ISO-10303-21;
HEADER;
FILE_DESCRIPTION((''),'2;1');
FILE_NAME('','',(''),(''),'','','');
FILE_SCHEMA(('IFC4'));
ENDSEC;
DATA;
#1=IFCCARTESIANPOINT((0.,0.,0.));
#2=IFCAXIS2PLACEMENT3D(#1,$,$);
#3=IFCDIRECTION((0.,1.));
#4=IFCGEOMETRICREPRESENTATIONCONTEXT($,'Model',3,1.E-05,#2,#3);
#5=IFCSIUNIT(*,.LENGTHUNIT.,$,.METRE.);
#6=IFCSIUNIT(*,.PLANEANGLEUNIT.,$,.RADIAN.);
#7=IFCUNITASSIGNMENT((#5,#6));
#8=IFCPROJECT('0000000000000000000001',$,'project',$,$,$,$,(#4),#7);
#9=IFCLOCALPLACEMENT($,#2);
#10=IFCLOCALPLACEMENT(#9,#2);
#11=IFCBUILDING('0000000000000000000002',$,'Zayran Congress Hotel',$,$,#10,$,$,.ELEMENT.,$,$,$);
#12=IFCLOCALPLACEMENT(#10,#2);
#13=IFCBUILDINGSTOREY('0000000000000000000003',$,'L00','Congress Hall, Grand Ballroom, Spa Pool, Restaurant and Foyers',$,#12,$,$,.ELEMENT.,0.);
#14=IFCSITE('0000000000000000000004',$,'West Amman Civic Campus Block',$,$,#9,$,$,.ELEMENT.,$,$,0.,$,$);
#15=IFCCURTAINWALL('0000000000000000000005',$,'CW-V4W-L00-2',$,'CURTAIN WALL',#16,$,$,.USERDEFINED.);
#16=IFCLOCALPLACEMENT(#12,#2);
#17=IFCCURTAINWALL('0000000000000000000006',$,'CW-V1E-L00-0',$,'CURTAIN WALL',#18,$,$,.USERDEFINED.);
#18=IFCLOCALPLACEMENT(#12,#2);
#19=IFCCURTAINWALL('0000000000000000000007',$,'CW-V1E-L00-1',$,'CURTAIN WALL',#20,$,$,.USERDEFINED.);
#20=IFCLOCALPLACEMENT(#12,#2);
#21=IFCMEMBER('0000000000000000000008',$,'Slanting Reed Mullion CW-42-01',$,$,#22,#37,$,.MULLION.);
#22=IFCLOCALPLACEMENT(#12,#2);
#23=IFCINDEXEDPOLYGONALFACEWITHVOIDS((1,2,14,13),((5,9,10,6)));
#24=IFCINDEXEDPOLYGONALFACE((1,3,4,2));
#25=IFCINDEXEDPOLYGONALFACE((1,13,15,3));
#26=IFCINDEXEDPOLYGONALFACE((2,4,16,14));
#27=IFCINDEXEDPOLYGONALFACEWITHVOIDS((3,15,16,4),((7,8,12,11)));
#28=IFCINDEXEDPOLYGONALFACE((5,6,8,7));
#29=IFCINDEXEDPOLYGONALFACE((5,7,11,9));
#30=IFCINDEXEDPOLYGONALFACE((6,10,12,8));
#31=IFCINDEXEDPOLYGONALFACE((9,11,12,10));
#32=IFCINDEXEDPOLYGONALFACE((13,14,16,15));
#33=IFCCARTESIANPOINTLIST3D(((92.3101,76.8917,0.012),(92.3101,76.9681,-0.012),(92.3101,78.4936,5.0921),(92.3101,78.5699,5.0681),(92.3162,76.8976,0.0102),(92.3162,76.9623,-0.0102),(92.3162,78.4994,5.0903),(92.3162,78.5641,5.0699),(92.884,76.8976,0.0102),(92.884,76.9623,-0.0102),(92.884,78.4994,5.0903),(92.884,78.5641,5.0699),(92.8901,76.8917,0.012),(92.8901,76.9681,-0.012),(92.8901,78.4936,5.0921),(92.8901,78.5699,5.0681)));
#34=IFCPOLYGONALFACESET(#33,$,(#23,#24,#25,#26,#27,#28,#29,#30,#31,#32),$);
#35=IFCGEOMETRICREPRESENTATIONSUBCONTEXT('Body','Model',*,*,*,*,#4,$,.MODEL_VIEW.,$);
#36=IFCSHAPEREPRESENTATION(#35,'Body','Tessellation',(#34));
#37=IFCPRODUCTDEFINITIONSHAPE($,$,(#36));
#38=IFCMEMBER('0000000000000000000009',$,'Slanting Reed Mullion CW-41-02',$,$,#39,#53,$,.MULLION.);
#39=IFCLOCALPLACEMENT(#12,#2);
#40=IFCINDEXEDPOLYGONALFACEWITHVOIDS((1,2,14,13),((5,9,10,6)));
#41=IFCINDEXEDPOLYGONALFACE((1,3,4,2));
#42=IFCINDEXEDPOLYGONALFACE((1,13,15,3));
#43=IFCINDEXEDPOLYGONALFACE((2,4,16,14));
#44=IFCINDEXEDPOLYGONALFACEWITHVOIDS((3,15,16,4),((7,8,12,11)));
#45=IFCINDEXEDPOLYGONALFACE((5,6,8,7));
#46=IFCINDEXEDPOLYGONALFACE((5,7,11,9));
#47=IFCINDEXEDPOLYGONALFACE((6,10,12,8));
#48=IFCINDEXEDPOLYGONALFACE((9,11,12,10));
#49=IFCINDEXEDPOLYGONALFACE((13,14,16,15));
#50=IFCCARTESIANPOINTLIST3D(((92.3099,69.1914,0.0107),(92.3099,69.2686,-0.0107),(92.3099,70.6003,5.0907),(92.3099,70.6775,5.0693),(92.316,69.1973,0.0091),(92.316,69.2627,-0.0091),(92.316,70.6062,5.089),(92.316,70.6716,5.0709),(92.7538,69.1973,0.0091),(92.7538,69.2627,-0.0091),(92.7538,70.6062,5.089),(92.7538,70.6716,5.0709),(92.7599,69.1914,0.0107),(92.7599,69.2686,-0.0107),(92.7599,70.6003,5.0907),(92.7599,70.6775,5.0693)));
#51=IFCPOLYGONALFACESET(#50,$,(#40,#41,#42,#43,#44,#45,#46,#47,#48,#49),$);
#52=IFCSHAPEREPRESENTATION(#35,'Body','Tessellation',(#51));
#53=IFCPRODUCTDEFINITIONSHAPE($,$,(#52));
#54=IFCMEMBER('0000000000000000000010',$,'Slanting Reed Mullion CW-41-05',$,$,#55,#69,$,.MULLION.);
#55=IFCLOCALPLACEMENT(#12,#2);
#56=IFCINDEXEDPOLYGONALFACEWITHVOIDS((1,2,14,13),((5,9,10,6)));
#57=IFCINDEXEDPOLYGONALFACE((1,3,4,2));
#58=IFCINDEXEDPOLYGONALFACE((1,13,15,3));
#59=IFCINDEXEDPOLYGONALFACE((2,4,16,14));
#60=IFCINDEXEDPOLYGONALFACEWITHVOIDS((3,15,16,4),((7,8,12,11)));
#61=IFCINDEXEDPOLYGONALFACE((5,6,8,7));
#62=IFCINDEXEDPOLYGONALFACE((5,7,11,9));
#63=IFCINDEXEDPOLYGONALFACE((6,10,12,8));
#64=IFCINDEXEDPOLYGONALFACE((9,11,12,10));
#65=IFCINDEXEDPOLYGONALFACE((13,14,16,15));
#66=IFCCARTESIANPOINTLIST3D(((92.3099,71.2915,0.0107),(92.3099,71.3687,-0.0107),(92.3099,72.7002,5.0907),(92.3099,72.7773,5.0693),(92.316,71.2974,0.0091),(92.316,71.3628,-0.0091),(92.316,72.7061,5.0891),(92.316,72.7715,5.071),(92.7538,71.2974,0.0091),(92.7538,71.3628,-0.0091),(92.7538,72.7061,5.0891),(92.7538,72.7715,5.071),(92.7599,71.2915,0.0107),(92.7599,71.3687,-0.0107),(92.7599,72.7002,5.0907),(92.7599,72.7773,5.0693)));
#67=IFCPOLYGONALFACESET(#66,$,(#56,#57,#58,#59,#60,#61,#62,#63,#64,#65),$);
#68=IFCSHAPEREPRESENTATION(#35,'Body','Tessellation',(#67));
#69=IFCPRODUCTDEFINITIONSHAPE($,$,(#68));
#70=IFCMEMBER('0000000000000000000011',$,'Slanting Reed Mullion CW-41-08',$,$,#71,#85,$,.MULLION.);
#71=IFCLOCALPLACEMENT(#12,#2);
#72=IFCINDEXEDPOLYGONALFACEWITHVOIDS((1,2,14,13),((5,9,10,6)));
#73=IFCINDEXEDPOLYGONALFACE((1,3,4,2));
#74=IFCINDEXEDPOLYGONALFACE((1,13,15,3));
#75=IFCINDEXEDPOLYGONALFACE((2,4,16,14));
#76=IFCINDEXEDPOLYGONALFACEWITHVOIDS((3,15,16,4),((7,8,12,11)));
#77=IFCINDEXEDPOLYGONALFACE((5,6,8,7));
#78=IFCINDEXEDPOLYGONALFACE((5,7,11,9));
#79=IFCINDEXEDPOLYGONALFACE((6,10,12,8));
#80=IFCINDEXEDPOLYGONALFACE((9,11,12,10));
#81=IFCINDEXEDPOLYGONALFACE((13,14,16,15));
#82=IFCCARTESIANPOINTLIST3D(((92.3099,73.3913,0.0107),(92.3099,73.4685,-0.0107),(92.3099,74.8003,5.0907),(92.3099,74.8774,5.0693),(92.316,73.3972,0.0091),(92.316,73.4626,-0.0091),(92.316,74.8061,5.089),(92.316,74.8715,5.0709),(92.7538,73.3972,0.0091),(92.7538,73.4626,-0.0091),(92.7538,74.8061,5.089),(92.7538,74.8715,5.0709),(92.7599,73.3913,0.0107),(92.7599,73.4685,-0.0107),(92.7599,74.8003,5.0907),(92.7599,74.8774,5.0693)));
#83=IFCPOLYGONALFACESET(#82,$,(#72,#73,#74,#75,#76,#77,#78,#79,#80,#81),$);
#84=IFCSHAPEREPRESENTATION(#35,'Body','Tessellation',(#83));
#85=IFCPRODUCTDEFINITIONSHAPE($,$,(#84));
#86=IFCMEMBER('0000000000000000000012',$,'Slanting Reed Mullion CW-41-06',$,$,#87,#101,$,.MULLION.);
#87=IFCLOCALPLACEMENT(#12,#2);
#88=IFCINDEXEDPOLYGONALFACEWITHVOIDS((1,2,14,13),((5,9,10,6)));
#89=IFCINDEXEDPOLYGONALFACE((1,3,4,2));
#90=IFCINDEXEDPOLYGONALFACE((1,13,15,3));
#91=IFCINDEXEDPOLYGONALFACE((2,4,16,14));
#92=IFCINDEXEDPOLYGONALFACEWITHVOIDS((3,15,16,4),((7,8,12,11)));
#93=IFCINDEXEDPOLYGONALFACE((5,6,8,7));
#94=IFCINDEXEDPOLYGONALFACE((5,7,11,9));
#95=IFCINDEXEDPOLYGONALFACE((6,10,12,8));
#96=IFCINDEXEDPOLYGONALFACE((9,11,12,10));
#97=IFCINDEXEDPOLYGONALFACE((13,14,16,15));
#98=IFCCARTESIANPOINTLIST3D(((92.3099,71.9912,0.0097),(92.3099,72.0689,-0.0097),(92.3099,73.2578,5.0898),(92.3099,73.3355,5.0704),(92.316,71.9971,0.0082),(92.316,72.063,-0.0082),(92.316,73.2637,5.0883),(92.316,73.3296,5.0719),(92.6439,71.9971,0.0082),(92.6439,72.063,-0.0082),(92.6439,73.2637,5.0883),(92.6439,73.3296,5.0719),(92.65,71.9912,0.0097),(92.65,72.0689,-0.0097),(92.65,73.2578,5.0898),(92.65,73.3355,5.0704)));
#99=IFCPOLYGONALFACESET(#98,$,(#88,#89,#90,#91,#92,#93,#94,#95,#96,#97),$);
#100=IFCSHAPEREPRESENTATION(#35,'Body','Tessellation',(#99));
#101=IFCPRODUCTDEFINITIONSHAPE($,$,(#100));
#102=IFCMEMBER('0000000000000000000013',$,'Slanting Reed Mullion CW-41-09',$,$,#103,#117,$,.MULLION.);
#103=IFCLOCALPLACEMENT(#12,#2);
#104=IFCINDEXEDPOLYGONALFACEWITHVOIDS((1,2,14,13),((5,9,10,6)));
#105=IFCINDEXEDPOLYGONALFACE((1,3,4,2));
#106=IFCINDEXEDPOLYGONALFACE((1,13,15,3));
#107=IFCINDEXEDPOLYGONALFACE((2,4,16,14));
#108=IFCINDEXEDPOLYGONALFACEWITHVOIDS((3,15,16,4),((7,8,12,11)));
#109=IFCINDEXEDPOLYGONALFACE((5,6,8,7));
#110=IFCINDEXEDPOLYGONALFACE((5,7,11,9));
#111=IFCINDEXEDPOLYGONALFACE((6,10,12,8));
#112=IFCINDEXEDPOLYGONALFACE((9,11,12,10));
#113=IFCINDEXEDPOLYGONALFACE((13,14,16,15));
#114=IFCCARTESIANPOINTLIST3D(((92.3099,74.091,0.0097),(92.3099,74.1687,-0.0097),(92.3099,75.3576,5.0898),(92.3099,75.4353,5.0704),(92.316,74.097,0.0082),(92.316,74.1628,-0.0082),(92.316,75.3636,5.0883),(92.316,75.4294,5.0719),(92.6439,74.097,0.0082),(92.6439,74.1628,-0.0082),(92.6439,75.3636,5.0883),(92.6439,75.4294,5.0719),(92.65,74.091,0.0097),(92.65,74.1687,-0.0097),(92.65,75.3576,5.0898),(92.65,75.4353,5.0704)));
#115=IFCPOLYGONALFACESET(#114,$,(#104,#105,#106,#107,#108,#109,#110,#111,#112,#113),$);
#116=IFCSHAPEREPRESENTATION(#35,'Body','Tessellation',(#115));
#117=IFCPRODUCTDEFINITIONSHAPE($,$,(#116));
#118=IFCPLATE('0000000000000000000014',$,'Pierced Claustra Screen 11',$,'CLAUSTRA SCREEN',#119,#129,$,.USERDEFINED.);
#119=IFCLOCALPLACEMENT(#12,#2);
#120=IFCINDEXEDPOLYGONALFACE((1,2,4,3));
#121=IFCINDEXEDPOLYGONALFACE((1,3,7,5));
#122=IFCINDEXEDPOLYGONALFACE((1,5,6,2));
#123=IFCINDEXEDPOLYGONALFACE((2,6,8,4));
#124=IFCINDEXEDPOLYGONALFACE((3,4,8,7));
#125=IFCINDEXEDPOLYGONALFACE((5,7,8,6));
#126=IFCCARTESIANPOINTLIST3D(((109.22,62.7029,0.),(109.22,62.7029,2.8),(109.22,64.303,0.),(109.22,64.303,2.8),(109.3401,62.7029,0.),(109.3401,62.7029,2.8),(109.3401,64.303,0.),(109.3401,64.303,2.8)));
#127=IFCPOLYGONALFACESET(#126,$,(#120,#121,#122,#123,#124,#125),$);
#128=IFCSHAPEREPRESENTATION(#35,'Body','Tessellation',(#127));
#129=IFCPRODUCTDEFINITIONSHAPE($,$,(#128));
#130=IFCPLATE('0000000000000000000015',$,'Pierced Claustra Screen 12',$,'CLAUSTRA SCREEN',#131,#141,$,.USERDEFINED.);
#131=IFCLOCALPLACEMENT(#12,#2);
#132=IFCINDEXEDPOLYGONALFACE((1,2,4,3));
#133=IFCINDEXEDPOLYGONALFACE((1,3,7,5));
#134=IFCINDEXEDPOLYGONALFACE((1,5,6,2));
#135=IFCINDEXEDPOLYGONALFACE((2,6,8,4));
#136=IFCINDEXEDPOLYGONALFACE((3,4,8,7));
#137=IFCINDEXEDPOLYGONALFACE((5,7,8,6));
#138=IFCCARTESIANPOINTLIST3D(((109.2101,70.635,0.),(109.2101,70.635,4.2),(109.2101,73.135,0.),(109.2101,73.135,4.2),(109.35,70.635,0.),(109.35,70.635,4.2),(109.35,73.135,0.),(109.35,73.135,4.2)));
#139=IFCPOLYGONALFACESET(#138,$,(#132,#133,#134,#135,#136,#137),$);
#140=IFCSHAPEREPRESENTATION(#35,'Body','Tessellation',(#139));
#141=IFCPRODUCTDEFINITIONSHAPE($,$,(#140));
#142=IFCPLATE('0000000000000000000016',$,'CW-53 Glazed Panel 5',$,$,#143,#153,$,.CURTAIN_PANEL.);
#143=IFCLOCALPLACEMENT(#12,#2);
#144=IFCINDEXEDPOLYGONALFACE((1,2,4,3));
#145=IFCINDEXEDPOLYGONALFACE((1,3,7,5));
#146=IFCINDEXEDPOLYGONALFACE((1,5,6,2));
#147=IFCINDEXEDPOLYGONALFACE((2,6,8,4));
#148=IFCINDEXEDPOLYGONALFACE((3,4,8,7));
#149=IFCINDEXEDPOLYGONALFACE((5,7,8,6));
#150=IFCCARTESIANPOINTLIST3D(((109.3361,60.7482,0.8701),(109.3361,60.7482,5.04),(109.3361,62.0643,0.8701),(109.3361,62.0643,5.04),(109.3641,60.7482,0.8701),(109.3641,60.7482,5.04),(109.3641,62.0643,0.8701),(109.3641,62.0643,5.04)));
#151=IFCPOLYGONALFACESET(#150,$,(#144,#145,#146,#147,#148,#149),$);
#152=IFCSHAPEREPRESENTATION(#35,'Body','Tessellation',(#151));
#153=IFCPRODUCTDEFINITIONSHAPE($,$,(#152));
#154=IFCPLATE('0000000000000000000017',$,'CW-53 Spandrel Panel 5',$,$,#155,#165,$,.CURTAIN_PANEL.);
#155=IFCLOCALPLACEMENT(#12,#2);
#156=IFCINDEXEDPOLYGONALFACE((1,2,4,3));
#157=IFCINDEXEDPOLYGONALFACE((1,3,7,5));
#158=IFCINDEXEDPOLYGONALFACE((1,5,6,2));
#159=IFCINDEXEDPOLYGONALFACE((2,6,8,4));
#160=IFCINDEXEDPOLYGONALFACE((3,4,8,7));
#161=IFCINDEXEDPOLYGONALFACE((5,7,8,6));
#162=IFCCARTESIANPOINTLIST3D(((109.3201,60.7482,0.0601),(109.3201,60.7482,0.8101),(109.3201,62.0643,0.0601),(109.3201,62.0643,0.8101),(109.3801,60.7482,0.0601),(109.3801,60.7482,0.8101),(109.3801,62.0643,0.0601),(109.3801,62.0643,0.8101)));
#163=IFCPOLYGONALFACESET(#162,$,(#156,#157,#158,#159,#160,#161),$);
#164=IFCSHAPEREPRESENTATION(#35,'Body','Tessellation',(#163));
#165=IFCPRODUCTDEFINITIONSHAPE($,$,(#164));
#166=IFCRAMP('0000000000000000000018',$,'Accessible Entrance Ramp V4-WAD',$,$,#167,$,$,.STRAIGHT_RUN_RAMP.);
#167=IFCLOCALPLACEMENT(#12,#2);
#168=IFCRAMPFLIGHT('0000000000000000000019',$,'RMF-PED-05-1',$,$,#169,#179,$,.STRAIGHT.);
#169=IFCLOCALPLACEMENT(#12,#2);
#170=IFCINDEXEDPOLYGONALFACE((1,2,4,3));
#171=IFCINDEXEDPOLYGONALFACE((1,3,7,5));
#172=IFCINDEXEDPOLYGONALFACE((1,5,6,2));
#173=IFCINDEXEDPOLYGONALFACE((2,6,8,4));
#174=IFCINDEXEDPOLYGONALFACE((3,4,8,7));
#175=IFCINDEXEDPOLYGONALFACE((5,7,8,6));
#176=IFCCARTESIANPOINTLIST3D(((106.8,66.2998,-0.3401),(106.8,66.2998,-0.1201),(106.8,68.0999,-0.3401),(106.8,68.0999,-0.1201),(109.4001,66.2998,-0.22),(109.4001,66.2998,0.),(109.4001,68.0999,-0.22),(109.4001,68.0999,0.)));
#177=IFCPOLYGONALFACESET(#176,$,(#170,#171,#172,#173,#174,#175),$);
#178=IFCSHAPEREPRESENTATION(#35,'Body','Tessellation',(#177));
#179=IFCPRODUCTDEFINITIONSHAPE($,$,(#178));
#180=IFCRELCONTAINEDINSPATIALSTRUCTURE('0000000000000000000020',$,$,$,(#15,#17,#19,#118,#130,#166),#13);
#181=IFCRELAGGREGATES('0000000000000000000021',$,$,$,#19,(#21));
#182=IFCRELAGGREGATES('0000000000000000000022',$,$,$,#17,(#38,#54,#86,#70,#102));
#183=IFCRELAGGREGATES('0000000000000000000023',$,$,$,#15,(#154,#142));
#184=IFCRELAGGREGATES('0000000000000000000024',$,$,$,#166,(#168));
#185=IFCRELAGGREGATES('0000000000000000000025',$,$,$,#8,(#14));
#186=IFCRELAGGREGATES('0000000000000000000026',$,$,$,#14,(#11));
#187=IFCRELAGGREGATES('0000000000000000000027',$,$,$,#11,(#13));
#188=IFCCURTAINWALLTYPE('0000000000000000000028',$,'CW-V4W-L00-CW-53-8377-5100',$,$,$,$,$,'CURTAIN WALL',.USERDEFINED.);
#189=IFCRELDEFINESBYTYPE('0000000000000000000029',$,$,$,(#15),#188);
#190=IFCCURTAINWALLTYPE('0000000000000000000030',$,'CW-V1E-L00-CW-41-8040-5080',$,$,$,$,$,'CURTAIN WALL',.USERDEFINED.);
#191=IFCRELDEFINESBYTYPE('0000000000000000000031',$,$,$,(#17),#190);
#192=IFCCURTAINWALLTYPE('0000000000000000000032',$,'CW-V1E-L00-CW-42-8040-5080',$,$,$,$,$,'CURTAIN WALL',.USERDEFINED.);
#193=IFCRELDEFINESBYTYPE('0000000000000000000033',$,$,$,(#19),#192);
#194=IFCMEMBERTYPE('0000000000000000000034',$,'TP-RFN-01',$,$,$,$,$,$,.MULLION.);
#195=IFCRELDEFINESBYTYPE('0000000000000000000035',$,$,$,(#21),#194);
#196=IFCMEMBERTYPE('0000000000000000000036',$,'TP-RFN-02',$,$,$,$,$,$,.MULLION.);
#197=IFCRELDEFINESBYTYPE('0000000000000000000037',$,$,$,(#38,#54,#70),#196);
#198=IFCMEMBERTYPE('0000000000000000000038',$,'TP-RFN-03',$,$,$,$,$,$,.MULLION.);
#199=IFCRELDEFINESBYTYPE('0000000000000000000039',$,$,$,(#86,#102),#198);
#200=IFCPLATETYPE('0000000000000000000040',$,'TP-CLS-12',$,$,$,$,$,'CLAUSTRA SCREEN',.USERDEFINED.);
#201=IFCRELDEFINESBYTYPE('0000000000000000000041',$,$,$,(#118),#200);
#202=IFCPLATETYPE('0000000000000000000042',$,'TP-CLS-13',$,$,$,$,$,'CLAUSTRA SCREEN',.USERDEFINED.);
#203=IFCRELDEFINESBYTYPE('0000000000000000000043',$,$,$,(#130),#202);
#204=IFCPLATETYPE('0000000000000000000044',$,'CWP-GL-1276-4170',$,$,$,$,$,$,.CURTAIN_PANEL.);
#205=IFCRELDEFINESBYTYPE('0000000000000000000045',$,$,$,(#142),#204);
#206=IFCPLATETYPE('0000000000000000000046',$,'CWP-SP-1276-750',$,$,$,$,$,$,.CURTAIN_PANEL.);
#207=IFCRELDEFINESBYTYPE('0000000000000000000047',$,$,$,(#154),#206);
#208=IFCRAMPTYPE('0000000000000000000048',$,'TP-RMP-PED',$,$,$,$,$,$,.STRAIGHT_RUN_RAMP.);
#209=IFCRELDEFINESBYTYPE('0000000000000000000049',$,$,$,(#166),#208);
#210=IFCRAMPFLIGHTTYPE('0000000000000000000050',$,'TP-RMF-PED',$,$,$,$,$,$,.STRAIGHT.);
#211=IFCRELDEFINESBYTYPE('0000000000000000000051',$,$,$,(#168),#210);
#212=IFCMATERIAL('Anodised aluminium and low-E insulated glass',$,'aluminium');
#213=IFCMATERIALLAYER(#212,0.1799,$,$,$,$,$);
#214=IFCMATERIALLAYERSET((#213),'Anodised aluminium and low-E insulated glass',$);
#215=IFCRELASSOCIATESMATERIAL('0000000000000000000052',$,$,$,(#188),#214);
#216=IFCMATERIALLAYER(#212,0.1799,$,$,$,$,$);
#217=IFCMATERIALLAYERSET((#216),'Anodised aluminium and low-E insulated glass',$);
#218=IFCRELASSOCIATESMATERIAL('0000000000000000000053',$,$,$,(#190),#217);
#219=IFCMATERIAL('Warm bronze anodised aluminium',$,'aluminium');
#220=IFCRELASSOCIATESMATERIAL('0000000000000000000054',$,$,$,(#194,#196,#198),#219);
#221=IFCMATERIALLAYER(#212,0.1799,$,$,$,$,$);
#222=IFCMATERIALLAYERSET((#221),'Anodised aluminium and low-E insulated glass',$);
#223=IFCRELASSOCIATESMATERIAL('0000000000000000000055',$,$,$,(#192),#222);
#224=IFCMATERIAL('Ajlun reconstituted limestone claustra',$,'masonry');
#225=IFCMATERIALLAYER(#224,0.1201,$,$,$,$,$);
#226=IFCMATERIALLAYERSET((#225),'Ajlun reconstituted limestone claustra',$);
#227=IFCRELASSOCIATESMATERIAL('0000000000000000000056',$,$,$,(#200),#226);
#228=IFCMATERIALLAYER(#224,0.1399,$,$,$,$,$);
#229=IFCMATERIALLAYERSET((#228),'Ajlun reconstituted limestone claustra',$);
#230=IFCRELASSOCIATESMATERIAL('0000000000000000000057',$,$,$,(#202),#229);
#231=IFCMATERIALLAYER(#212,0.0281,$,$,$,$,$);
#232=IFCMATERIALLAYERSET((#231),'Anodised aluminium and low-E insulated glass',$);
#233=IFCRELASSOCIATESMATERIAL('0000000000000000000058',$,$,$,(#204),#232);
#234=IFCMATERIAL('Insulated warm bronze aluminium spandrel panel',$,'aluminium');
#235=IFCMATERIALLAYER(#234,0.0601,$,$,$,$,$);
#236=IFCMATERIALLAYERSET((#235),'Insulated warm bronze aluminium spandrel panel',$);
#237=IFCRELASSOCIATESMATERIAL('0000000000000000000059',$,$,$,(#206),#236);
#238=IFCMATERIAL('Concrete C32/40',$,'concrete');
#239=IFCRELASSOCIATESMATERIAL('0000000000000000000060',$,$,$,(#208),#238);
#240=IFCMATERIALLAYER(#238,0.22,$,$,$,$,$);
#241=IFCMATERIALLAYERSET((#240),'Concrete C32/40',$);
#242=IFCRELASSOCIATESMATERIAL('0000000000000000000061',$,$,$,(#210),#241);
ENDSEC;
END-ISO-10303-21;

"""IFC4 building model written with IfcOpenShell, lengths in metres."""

from ifc_helpers import new_model, si_unit, direction, frame, origin, origin_2d, place, context, subcontext, project, spatial, polyline, rectangle, hollow_rectangle, outline, extrude, material, layer, layer_set, material_profile, profile_set, type_object, element, aggregate, save


model = new_model("IFC4")

# Units and contexts
model_context = context("Model", 3, precision=1e-05, world=origin(), true_north=direction((0.0, 1.0)))
body_context = subcontext(model_context, "Body", "Model", "MODEL_VIEW")
ifc_project = project(units=[si_unit("LENGTHUNIT", "METRE"), si_unit("PLANEANGLEUNIT", "RADIAN")], contexts=[model_context])

# Site, building, storey
site_placement = place(None, origin())
site = spatial("IfcSite", under=ifc_project, at=site_placement, Name="West Amman Civic Campus Block", CompositionType="ELEMENT", RefElevation=0.0)
building_placement = place(site_placement, origin())
building = spatial("IfcBuilding", under=site, at=building_placement, Name="Zayran Congress Hotel", CompositionType="ELEMENT")
storey_placement = place(building_placement, origin())
storey = spatial("IfcBuildingStorey", under=building, at=storey_placement, Name="L00", Description="Congress Hall, Grand Ballroom, Spa Pool, Restaurant and Foyers", CompositionType="ELEMENT", Elevation=0.0)

# Curtain wall
ifc_material_1 = material(Name="Anodised aluminium and low-E insulated glass", Category="aluminium")
ifc_layer_1 = layer(ifc_material_1, 0.1799)
ifc_layer_set_1 = layer_set([ifc_layer_1], Name="Anodised aluminium and low-E insulated glass")
curtain_wall_type_1 = type_object("IfcCurtainWallType", Name="CW-V4W-L00-CW-53-8377-5100", ElementType="CURTAIN WALL", PredefinedType="USERDEFINED", material=ifc_layer_set_1)
curtain_wall_1_placement = place(storey_placement, origin())
curtain_wall_1 = element("IfcCurtainWall", 1, at=curtain_wall_1_placement, inside=storey, type_object=curtain_wall_type_1, Name="CW-V4W-L00-2", ObjectType="CURTAIN WALL", PredefinedType="USERDEFINED")

# Curtain wall
ifc_layer_2 = layer(ifc_material_1, 0.1799)
ifc_layer_set_2 = layer_set([ifc_layer_2], Name="Anodised aluminium and low-E insulated glass")
curtain_wall_type_2 = type_object("IfcCurtainWallType", Name="CW-V1E-L00-CW-41-8040-5080", ElementType="CURTAIN WALL", PredefinedType="USERDEFINED", material=ifc_layer_set_2)
curtain_wall_2_placement = place(storey_placement, origin())
curtain_wall_2 = element("IfcCurtainWall", 2, at=curtain_wall_2_placement, inside=storey, type_object=curtain_wall_type_2, Name="CW-V1E-L00-0", ObjectType="CURTAIN WALL", PredefinedType="USERDEFINED")
ifc_material_2 = material(Name="Warm bronze anodised aluminium", Category="aluminium")
ifc_material_profile_1 = material_profile(ifc_material_2, hollow_rectangle(XDim=0.0801, YDim=0.5801, WallThickness=0.0061, at=origin_2d()), Name="RHS 580x80x6")
ifc_profile_set_1 = profile_set([ifc_material_profile_1], Name="Warm bronze anodised aluminium")
member_type_1 = type_object("IfcMemberType", Name="TP-RFN-01", PredefinedType="MULLION", material=ifc_profile_set_1)

# Curtain wall, member
ifc_layer_3 = layer(ifc_material_1, 0.1799)
ifc_layer_set_3 = layer_set([ifc_layer_3], Name="Anodised aluminium and low-E insulated glass")
curtain_wall_type_3 = type_object("IfcCurtainWallType", Name="CW-V1E-L00-CW-42-8040-5080", ElementType="CURTAIN WALL", PredefinedType="USERDEFINED", material=ifc_layer_set_3)
curtain_wall_3_placement = place(storey_placement, origin())
curtain_wall_3 = element("IfcCurtainWall", 3, at=curtain_wall_3_placement, inside=storey, type_object=curtain_wall_type_3, Name="CW-V1E-L00-1", ObjectType="CURTAIN WALL", PredefinedType="USERDEFINED")
member_1_placement = place(storey_placement, frame((92.6001, 76.9299, 0.0), z_axis=(0.0, 0.300717, 0.953713), x_axis=(0.0, -0.953713, 0.300717)))
member_1 = element("IfcMember", 4, at=member_1_placement, type_object=member_type_1, Name="Slanting Reed Mullion CW-42-01", PredefinedType="MULLION", context=body_context, shape_type="SweptSolid", body=[
    extrude(hollow_rectangle(XDim=0.0801, YDim=0.5801, WallThickness=0.0061, at=origin_2d()), origin(), (0.0, 0.0, 1.0), 5.3267),
])
aggregate(curtain_wall_3, [member_1])

# Members
ifc_material_profile_2 = material_profile(ifc_material_2, hollow_rectangle(XDim=0.0801, YDim=0.45, WallThickness=0.0061, at=origin_2d()), Name="RHS 450x80x6")
ifc_profile_set_2 = profile_set([ifc_material_profile_2], Name="Warm bronze anodised aluminium")
member_type_2 = type_object("IfcMemberType", Name="TP-RFN-02", PredefinedType="MULLION", material=ifc_profile_set_2)
member_2_placement = place(storey_placement, frame((92.5349, 69.23, 0.0), z_axis=(0.0, 0.267257, 0.963625), x_axis=(0.0, -0.963625, 0.267257)))
member_2 = element("IfcMember", 5, at=member_2_placement, type_object=member_type_2, Name="Slanting Reed Mullion CW-41-02", PredefinedType="MULLION", context=body_context, shape_type="SweptSolid", body=[
    extrude(hollow_rectangle(XDim=0.0801, YDim=0.45, WallThickness=0.0061, at=origin_2d()), origin(), (0.0, 0.0, 1.0), 5.2717),
])
member_3_placement = place(storey_placement, frame((92.5349, 71.3301, 0.0), z_axis=(0.0, 0.267214, 0.963637), x_axis=(0.0, -0.963637, 0.267214)))
member_3 = element("IfcMember", 6, at=member_3_placement, type_object=member_type_2, Name="Slanting Reed Mullion CW-41-05", PredefinedType="MULLION", context=body_context, shape_type="SweptSolid", body=[
    extrude(hollow_rectangle(XDim=0.0801, YDim=0.45, WallThickness=0.0061, at=origin_2d()), origin(), (0.0, 0.0, 1.0), 5.2717),
])
member_4_placement = place(storey_placement, frame((92.5349, 73.4299, 0.0), z_axis=(0.0, 0.267257, 0.963625), x_axis=(0.0, -0.963625, 0.267257)))
member_4 = element("IfcMember", 7, at=member_4_placement, type_object=member_type_2, Name="Slanting Reed Mullion CW-41-08", PredefinedType="MULLION", context=body_context, shape_type="SweptSolid", body=[
    extrude(hollow_rectangle(XDim=0.0801, YDim=0.45, WallThickness=0.0061, at=origin_2d()), origin(), (0.0, 0.0, 1.0), 5.2717),
])
ifc_material_profile_3 = material_profile(ifc_material_2, hollow_rectangle(XDim=0.0801, YDim=0.3401, WallThickness=0.0061, at=origin_2d()), Name="RHS 340x80x6")
ifc_profile_set_3 = profile_set([ifc_material_profile_3], Name="Warm bronze anodised aluminium")
member_type_3 = type_object("IfcMemberType", Name="TP-RFN-03", PredefinedType="MULLION", material=ifc_profile_set_3)
member_5_placement = place(storey_placement, frame((92.48, 72.03, 0.0), z_axis=(0.0, 0.241921, 0.970296), x_axis=(0.0, -0.970296, 0.241921)))
member_5 = element("IfcMember", 8, at=member_5_placement, type_object=member_type_3, Name="Slanting Reed Mullion CW-41-06", PredefinedType="MULLION", context=body_context, shape_type="SweptSolid", body=[
    extrude(hollow_rectangle(XDim=0.0801, YDim=0.3401, WallThickness=0.0061, at=origin_2d()), origin(), (0.0, 0.0, 1.0), 5.2356),
])
member_6_placement = place(storey_placement, frame((92.48, 74.1299, 0.0), z_axis=(0.0, 0.241921, 0.970296), x_axis=(0.0, -0.970296, 0.241921)))
member_6 = element("IfcMember", 9, at=member_6_placement, type_object=member_type_3, Name="Slanting Reed Mullion CW-41-09", PredefinedType="MULLION", context=body_context, shape_type="SweptSolid", body=[
    extrude(hollow_rectangle(XDim=0.0801, YDim=0.3401, WallThickness=0.0061, at=origin_2d()), origin(), (0.0, 0.0, 1.0), 5.2356),
])
aggregate(curtain_wall_2, [member_2, member_3, member_5, member_4, member_6])

# Plates
ifc_material_3 = material(Name="Ajlun reconstituted limestone claustra", Category="masonry")
ifc_layer_4 = layer(ifc_material_3, 0.1201)
ifc_layer_set_4 = layer_set([ifc_layer_4], Name="Ajlun reconstituted limestone claustra")
plate_type_1 = type_object("IfcPlateType", Name="TP-CLS-12", ElementType="CLAUSTRA SCREEN", PredefinedType="USERDEFINED", material=ifc_layer_set_4)
plate_1_placement = place(storey_placement, frame((109.28, 63.5029, 0.0), z_axis=(0.0, 0.0, 1.0), x_axis=(0.0, 1.0, 0.0)))
element("IfcPlate", 10, at=plate_1_placement, inside=storey, type_object=plate_type_1, Name="Pierced Claustra Screen 11", ObjectType="CLAUSTRA SCREEN", PredefinedType="USERDEFINED", context=body_context, shape_type="SweptSolid", body=[
    extrude(rectangle(XDim=1.6001, YDim=0.1201, at=origin_2d()), origin(), (0.0, 0.0, 1.0), 2.8),
])
ifc_layer_5 = layer(ifc_material_3, 0.1399)
ifc_layer_set_5 = layer_set([ifc_layer_5], Name="Ajlun reconstituted limestone claustra")
plate_type_2 = type_object("IfcPlateType", Name="TP-CLS-13", ElementType="CLAUSTRA SCREEN", PredefinedType="USERDEFINED", material=ifc_layer_set_5)
plate_2_placement = place(storey_placement, frame((109.28, 71.885, 0.0), z_axis=(0.0, 0.0, 1.0), x_axis=(0.0, 1.0, 0.0)))
element("IfcPlate", 11, at=plate_2_placement, inside=storey, type_object=plate_type_2, Name="Pierced Claustra Screen 12", ObjectType="CLAUSTRA SCREEN", PredefinedType="USERDEFINED", context=body_context, shape_type="SweptSolid", body=[
    extrude(rectangle(XDim=2.5, YDim=0.1399, at=origin_2d()), origin(), (0.0, 0.0, 1.0), 4.2),
])

# Plates
ifc_layer_6 = layer(ifc_material_1, 0.0281)
ifc_layer_set_6 = layer_set([ifc_layer_6], Name="Anodised aluminium and low-E insulated glass")
plate_type_3 = type_object("IfcPlateType", Name="CWP-GL-1276-4170", PredefinedType="CURTAIN_PANEL", material=ifc_layer_set_6)
plate_3_placement = place(storey_placement, frame((109.3501, 61.4062, 0.8701), z_axis=(0.0, 0.0, 1.0), x_axis=(0.0, 1.0, 0.0)))
plate_3 = element("IfcPlate", 12, at=plate_3_placement, type_object=plate_type_3, Name="CW-53 Glazed Panel 5", PredefinedType="CURTAIN_PANEL", context=body_context, shape_type="SweptSolid", body=[
    extrude(rectangle(XDim=1.3162, YDim=0.0281, at=origin_2d()), origin(), (0.0, 0.0, 1.0), 4.1699),
])
ifc_material_4 = material(Name="Insulated warm bronze aluminium spandrel panel", Category="aluminium")
ifc_layer_7 = layer(ifc_material_4, 0.0601)
ifc_layer_set_7 = layer_set([ifc_layer_7], Name="Insulated warm bronze aluminium spandrel panel")
plate_type_4 = type_object("IfcPlateType", Name="CWP-SP-1276-750", PredefinedType="CURTAIN_PANEL", material=ifc_layer_set_7)
plate_4_placement = place(storey_placement, frame((109.3501, 61.4062, 0.0601), z_axis=(0.0, 0.0, 1.0), x_axis=(0.0, 1.0, 0.0)))
plate_4 = element("IfcPlate", 13, at=plate_4_placement, type_object=plate_type_4, Name="CW-53 Spandrel Panel 5", PredefinedType="CURTAIN_PANEL", context=body_context, shape_type="SweptSolid", body=[
    extrude(rectangle(XDim=1.3162, YDim=0.0601, at=origin_2d()), origin(), (0.0, 0.0, 1.0), 0.75),
])
aggregate(curtain_wall_1, [plate_4, plate_3])

# Ramp, ramp flight
ifc_material_5 = material(Name="Concrete C32/40", Category="concrete")
ramp_type = type_object("IfcRampType", Name="TP-RMP-PED", PredefinedType="STRAIGHT_RUN_RAMP", material=ifc_material_5)
ramp_placement = place(storey_placement, origin())
ramp = element("IfcRamp", 14, at=ramp_placement, inside=storey, type_object=ramp_type, Name="Accessible Entrance Ramp V4-WAD", PredefinedType="STRAIGHT_RUN_RAMP")
ifc_layer_8 = layer(ifc_material_5, 0.22)
ifc_layer_set_8 = layer_set([ifc_layer_8], Name="Concrete C32/40")
ramp_flight_type = type_object("IfcRampFlightType", Name="TP-RMF-PED", PredefinedType="STRAIGHT", material=ifc_layer_set_8)
ramp_flight_placement = place(storey_placement, frame((106.8, 67.2, -0.1201), z_axis=(0.0, 0.0, 1.0), x_axis=(1.0, 0.0, 0.0)))
ramp_flight = element("IfcRampFlight", 15, at=ramp_flight_placement, type_object=ramp_flight_type, Name="RMF-PED-05-1", PredefinedType="STRAIGHT", context=body_context, shape_type="SweptSolid", body=[
    extrude(outline(polyline([(0.0, 0.0), (2.6001, 0.1201), (2.6001, -0.0999), (0.0, -0.22), (0.0, 0.0)])), frame((0.0, 0.8999, 0.0), z_axis=(0.0, -1.0, 0.0), x_axis=(1.0, 0.0, 0.0)), (0.0, 0.0, 1.0), 1.8),
])
aggregate(ramp, [ramp_flight])

save(model, "model.ifc")
